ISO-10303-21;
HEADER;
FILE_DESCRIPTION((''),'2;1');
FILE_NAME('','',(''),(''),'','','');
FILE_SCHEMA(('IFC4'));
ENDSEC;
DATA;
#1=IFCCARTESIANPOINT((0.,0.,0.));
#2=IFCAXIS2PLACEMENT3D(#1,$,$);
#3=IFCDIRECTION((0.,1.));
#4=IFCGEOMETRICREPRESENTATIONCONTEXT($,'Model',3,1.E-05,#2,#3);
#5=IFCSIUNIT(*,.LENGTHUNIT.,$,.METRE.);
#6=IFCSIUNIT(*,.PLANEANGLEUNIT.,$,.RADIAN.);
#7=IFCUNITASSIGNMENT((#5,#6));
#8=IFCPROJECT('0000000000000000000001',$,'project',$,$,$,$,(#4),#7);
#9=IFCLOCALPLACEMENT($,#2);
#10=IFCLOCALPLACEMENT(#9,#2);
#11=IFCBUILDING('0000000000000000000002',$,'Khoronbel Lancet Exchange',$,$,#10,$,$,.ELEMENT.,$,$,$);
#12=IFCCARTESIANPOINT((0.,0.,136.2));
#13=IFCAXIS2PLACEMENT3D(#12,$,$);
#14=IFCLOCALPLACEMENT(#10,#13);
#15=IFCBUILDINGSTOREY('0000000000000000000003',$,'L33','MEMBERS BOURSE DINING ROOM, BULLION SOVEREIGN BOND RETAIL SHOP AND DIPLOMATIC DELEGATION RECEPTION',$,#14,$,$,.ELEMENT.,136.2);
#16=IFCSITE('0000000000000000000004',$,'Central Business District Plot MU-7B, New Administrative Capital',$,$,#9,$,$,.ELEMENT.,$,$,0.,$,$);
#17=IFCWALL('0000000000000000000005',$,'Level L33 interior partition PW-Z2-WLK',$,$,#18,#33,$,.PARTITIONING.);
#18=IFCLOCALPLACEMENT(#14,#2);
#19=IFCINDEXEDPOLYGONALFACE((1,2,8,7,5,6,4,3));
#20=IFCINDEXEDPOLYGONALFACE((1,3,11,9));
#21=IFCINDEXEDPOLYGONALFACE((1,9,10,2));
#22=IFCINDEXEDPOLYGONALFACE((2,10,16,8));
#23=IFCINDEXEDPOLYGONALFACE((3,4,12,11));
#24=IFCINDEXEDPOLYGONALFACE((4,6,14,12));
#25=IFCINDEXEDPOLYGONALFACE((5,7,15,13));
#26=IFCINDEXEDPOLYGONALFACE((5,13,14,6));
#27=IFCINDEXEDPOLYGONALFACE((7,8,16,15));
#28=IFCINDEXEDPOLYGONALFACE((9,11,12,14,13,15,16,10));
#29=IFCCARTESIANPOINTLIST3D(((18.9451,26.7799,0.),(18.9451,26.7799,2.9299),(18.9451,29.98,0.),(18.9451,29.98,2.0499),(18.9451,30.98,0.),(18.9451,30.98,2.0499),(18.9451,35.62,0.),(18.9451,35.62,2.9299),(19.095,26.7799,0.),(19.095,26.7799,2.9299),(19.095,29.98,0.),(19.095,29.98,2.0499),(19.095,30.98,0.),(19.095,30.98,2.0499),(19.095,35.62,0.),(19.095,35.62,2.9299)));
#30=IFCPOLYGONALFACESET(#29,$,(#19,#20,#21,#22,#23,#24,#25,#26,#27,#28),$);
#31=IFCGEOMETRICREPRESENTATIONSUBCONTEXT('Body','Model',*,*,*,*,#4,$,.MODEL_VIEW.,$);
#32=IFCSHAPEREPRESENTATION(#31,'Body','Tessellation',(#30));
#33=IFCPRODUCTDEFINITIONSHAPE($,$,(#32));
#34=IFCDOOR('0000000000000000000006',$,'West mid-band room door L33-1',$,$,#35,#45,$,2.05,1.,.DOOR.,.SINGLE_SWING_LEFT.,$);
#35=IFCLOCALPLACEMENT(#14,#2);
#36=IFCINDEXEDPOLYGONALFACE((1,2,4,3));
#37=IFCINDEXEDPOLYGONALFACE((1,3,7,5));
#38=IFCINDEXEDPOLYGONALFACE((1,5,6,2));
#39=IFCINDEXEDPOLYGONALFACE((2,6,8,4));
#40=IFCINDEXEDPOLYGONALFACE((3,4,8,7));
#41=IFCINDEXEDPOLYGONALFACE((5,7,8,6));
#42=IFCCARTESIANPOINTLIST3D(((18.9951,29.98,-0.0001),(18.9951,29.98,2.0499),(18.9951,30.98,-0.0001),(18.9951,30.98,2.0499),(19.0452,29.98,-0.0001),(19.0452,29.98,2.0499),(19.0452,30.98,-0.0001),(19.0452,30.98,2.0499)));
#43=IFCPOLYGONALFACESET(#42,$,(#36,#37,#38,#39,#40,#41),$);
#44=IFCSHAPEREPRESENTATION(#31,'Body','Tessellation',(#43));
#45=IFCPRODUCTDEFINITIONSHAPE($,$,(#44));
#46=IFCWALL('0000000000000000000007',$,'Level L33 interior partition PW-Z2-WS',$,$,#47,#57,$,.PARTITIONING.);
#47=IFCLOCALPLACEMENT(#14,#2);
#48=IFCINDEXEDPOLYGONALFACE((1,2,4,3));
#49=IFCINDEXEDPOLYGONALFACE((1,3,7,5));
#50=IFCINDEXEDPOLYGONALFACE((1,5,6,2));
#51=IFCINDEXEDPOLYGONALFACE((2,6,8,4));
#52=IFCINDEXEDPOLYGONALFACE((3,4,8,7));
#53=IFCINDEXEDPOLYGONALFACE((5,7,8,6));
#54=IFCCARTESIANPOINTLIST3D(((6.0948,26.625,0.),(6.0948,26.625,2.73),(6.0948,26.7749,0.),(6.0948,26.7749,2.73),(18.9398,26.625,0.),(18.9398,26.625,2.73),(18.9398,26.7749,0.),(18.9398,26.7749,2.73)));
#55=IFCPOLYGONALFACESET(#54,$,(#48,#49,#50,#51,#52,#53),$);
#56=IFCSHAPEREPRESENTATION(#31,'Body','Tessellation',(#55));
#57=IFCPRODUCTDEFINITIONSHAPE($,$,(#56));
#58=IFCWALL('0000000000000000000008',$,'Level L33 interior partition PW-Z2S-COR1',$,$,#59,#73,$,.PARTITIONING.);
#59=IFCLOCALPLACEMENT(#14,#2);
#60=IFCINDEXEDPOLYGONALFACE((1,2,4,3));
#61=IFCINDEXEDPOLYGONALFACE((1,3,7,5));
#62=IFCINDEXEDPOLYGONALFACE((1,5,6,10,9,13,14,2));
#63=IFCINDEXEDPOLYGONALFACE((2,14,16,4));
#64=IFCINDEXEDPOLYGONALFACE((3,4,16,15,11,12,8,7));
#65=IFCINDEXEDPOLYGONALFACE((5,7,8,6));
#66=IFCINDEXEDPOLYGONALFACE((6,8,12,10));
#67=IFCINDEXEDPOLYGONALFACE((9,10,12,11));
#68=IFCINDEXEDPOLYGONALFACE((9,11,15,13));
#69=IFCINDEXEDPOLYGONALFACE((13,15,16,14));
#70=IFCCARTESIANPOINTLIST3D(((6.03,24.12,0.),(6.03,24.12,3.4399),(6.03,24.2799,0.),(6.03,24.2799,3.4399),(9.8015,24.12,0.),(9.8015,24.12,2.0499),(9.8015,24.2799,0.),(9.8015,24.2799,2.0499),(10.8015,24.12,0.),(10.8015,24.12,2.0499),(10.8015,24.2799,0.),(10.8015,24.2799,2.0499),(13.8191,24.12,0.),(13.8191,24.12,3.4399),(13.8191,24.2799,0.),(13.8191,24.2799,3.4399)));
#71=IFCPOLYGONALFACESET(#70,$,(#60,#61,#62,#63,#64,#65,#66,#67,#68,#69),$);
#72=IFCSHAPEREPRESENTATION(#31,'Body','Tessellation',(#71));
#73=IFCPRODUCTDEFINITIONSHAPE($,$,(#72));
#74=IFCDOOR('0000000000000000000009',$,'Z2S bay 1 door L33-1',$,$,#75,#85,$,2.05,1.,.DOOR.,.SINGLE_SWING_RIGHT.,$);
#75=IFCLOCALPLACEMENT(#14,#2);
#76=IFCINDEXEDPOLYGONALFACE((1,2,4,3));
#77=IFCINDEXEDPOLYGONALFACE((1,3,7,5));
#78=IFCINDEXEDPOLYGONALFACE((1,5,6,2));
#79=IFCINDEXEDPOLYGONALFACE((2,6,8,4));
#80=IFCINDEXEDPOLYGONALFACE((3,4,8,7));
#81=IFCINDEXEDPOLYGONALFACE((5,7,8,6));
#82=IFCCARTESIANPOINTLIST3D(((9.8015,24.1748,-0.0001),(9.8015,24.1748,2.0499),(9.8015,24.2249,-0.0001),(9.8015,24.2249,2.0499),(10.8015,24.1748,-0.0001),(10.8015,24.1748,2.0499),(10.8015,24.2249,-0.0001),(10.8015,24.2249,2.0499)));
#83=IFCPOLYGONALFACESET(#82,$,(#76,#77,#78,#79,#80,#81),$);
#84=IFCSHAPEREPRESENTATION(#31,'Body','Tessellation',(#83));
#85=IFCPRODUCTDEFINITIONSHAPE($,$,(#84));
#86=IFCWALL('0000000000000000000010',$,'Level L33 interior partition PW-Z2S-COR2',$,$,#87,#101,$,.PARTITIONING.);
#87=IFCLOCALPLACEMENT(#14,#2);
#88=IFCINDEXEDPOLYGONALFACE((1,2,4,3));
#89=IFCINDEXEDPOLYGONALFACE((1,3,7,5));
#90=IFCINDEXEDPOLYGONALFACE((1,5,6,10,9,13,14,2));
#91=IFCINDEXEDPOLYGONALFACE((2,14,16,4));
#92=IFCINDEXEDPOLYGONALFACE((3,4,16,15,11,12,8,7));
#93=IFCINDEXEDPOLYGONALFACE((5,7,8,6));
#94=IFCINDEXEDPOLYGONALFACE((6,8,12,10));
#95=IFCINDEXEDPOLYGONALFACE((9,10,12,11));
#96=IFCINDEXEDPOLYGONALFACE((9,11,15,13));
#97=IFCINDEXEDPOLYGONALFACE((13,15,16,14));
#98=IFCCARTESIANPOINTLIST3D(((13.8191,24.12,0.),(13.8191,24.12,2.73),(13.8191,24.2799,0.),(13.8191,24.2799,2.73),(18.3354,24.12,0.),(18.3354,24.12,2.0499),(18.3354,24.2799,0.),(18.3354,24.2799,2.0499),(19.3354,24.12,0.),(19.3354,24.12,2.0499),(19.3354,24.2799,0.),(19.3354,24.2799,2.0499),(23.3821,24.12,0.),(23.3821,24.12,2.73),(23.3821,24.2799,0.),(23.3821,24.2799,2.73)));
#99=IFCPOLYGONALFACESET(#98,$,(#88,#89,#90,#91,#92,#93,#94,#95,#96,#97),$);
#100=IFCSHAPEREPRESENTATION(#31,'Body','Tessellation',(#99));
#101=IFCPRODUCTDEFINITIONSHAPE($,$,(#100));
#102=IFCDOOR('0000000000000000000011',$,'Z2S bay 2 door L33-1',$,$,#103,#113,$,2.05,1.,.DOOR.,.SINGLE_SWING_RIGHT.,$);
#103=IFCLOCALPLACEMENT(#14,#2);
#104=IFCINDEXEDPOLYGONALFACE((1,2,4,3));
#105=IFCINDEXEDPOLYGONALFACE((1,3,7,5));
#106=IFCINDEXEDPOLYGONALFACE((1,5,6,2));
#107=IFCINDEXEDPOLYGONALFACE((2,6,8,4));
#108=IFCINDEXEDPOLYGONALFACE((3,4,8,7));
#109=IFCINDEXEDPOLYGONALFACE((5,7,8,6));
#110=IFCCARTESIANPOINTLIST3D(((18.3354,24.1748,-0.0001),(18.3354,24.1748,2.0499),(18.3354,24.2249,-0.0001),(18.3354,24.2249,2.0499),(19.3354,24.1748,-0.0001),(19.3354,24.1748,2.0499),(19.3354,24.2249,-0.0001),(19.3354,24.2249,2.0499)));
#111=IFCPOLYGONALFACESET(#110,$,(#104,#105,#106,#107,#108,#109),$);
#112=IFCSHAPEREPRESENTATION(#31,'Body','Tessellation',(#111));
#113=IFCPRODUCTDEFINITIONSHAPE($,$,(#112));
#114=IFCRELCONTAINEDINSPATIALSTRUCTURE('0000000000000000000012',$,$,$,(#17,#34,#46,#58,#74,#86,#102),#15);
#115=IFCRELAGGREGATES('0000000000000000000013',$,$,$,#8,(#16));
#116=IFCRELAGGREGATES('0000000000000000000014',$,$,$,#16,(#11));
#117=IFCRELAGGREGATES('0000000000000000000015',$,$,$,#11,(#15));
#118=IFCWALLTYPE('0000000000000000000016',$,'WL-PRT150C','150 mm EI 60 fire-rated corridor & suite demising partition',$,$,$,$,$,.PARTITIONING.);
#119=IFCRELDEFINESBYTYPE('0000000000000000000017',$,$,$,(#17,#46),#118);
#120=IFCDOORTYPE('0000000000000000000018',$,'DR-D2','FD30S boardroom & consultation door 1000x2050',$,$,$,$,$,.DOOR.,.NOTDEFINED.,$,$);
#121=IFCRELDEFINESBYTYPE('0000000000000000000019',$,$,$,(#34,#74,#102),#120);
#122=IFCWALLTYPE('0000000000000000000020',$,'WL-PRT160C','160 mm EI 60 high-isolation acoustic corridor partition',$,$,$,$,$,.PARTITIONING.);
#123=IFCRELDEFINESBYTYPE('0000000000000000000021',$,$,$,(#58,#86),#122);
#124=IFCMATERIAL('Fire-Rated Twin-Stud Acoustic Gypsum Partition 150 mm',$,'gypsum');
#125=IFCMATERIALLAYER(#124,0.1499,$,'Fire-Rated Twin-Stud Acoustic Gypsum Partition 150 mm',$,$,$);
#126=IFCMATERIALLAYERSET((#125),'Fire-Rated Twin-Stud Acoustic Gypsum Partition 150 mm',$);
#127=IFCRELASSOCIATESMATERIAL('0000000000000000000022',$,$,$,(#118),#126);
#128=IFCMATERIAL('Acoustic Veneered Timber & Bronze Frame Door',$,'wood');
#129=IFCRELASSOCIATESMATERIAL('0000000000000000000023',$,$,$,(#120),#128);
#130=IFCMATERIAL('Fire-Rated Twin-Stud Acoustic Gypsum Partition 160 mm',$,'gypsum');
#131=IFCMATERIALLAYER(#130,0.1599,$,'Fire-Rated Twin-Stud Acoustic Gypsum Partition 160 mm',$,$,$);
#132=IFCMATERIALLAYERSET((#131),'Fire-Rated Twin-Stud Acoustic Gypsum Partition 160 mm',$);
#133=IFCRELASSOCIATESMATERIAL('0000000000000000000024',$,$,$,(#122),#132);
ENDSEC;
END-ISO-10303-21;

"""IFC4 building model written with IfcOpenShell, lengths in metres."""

from ifc_helpers import new_model, si_unit, direction, frame, frame_2d, origin, place, context, subcontext, project, spatial, rectangle, extrude, material, layer, layer_set, type_object, element, fill, save


model = new_model("IFC4")

# Units and contexts
model_context = context("Model", 3, precision=1e-05, world=origin(), true_north=direction((0.0, 1.0)))
body_context = subcontext(model_context, "Body", "Model", "MODEL_VIEW")
ifc_project = project(units=[si_unit("LENGTHUNIT", "METRE"), si_unit("PLANEANGLEUNIT", "RADIAN")], contexts=[model_context])

# Site, building, storey
site_placement = place(None, origin())
site = spatial("IfcSite", under=ifc_project, at=site_placement, Name="Central Business District Plot MU-7B, New Administrative Capital", CompositionType="ELEMENT", RefElevation=0.0)
building_placement = place(site_placement, origin())
building = spatial("IfcBuilding", under=site, at=building_placement, Name="Khoronbel Lancet Exchange", CompositionType="ELEMENT")
storey_placement = place(building_placement, frame((0.0, 0.0, 136.2)))
storey = spatial("IfcBuildingStorey", under=building, at=storey_placement, Name="L33", Description="MEMBERS BOURSE DINING ROOM, BULLION SOVEREIGN BOND RETAIL SHOP AND DIPLOMATIC DELEGATION RECEPTION", CompositionType="ELEMENT", Elevation=136.2)

# Shared definitions
ifc_material_1 = material(Name="Fire-Rated Twin-Stud Acoustic Gypsum Partition 150 mm", Category="gypsum")
ifc_layer_1 = layer(ifc_material_1, 0.1499, Name="Fire-Rated Twin-Stud Acoustic Gypsum Partition 150 mm")
ifc_layer_set_1 = layer_set([ifc_layer_1], Name="Fire-Rated Twin-Stud Acoustic Gypsum Partition 150 mm")
wall_type_1 = type_object("IfcWallType", Name="WL-PRT150C", Description="150 mm EI 60 fire-rated corridor & suite demising partition", PredefinedType="PARTITIONING", material=ifc_layer_set_1)

# Wall, opening, door
wall_1_placement = place(storey_placement, frame((19.02, 26.78, 0.0), z_axis=(0.0, 0.0, 1.0), x_axis=(0.0, 1.0, 0.0)))
wall_1 = element("IfcWall", 1, at=wall_1_placement, inside=storey, type_object=wall_type_1, Name="Level L33 interior partition PW-Z2-WLK", PredefinedType="PARTITIONING", context=body_context, shape_type="SweptSolid", body=[
    extrude(rectangle(XDim=8.8401, YDim=0.1499, at=frame_2d((4.4199, 0.0))), origin(), (0.0, 0.0, 1.0), 2.9299),
])
opening_1_placement = place(wall_1_placement, frame((3.2, 0.0, 0.0)))
opening_1 = element("IfcOpeningElement", 2, at=opening_1_placement, cuts=wall_1, PredefinedType="OPENING", context=body_context, shape_type="SweptSolid", body=[
    extrude(rectangle(XDim=1.0, YDim=2.05, at=frame_2d((0.5, 1.0249))), frame((0.0, 0.085, 0.0), z_axis=(0.0, -1.0, 0.0), x_axis=(1.0, 0.0, 0.0)), (0.0, 0.0, 1.0), 0.1699),
])
ifc_material_2 = material(Name="Acoustic Veneered Timber & Bronze Frame Door", Category="wood")
door_type_1 = type_object("IfcDoorType", Name="DR-D2", Description="FD30S boardroom & consultation door 1000x2050", OperationType="NOTDEFINED", PredefinedType="DOOR", material=ifc_material_2)
door_1_placement = place(opening_1_placement, origin())
door_1 = element("IfcDoor", 3, at=door_1_placement, inside=storey, type_object=door_type_1, Name="West mid-band room door L33-1", OperationType="SINGLE_SWING_LEFT", OverallHeight=2.05, OverallWidth=1.0, PredefinedType="DOOR", context=body_context, shape_type="SweptSolid", body=[
    extrude(rectangle(XDim=1.0, YDim=2.05, at=frame_2d((0.5, 1.0249))), frame((0.0, 0.0249, 0.0), z_axis=(0.0, -1.0, 0.0), x_axis=(1.0, 0.0, 0.0)), (0.0, 0.0, 1.0), 0.05),
])
fill(opening_1, door_1)

# Wall
wall_2_placement = place(storey_placement, frame((6.095, 26.7, 0.0), z_axis=(0.0, 0.0, 1.0), x_axis=(1.0, 0.0, 0.0)))
element("IfcWall", 4, at=wall_2_placement, inside=storey, type_object=wall_type_1, Name="Level L33 interior partition PW-Z2-WS", PredefinedType="PARTITIONING", context=body_context, shape_type="SweptSolid", body=[
    extrude(rectangle(XDim=12.845, YDim=0.1499, at=frame_2d((6.4224, 0.0))), origin(), (0.0, 0.0, 1.0), 2.73),
])

# Walls, openings, doors
ifc_material_3 = material(Name="Fire-Rated Twin-Stud Acoustic Gypsum Partition 160 mm", Category="gypsum")
ifc_layer_2 = layer(ifc_material_3, 0.1599, Name="Fire-Rated Twin-Stud Acoustic Gypsum Partition 160 mm")
ifc_layer_set_2 = layer_set([ifc_layer_2], Name="Fire-Rated Twin-Stud Acoustic Gypsum Partition 160 mm")
wall_type_2 = type_object("IfcWallType", Name="WL-PRT160C", Description="160 mm EI 60 high-isolation acoustic corridor partition", PredefinedType="PARTITIONING", material=ifc_layer_set_2)
wall_3_placement = place(storey_placement, frame((6.03, 24.2, 0.0), z_axis=(0.0, 0.0, 1.0), x_axis=(1.0, 0.0, 0.0)))
wall_3 = element("IfcWall", 5, at=wall_3_placement, inside=storey, type_object=wall_type_2, Name="Level L33 interior partition PW-Z2S-COR1", PredefinedType="PARTITIONING", context=body_context, shape_type="SweptSolid", body=[
    extrude(rectangle(XDim=7.7891, YDim=0.1599, at=frame_2d((3.8945, 0.0))), origin(), (0.0, 0.0, 1.0), 3.4399),
])
opening_2_placement = place(wall_3_placement, frame((3.7715, 0.0, 0.0)))
opening_2 = element("IfcOpeningElement", 6, at=opening_2_placement, cuts=wall_3, PredefinedType="OPENING", context=body_context, shape_type="SweptSolid", body=[
    extrude(rectangle(XDim=1.0, YDim=2.05, at=frame_2d((0.5, 1.0249))), frame((0.0, 0.0898, 0.0), z_axis=(0.0, -1.0, 0.0), x_axis=(1.0, 0.0, 0.0)), (0.0, 0.0, 1.0), 0.1799),
])
door_2_placement = place(opening_2_placement, origin())
door_2 = element("IfcDoor", 7, at=door_2_placement, inside=storey, type_object=door_type_1, Name="Z2S bay 1 door L33-1", OperationType="SINGLE_SWING_RIGHT", OverallHeight=2.05, OverallWidth=1.0, PredefinedType="DOOR", context=body_context, shape_type="SweptSolid", body=[
    extrude(rectangle(XDim=1.0, YDim=2.05, at=frame_2d((0.5, 1.0249))), frame((0.0, 0.0249, 0.0), z_axis=(0.0, -1.0, 0.0), x_axis=(1.0, 0.0, 0.0)), (0.0, 0.0, 1.0), 0.05),
])
fill(opening_2, door_2)
wall_4_placement = place(storey_placement, frame((13.8191, 24.2, 0.0), z_axis=(0.0, 0.0, 1.0), x_axis=(1.0, 0.0, 0.0)))
wall_4 = element("IfcWall", 8, at=wall_4_placement, inside=storey, type_object=wall_type_2, Name="Level L33 interior partition PW-Z2S-COR2", PredefinedType="PARTITIONING", context=body_context, shape_type="SweptSolid", body=[
    extrude(rectangle(XDim=9.563, YDim=0.1599, at=frame_2d((4.7815, 0.0))), origin(), (0.0, 0.0, 1.0), 2.73),
])
opening_3_placement = place(wall_4_placement, frame((4.5164, 0.0, 0.0)))
opening_3 = element("IfcOpeningElement", 9, at=opening_3_placement, cuts=wall_4, PredefinedType="OPENING", context=body_context, shape_type="SweptSolid", body=[
    extrude(rectangle(XDim=1.0, YDim=2.05, at=frame_2d((0.5, 1.0249))), frame((0.0, 0.0898, 0.0), z_axis=(0.0, -1.0, 0.0), x_axis=(1.0, 0.0, 0.0)), (0.0, 0.0, 1.0), 0.1799),
])
door_3_placement = place(opening_3_placement, origin())
door_3 = element("IfcDoor", 10, at=door_3_placement, inside=storey, type_object=door_type_1, Name="Z2S bay 2 door L33-1", OperationType="SINGLE_SWING_RIGHT", OverallHeight=2.05, OverallWidth=1.0, PredefinedType="DOOR", context=body_context, shape_type="SweptSolid", body=[
    extrude(rectangle(XDim=1.0, YDim=2.05, at=frame_2d((0.5, 1.0249))), frame((0.0, 0.0249, 0.0), z_axis=(0.0, -1.0, 0.0), x_axis=(1.0, 0.0, 0.0)), (0.0, 0.0, 1.0), 0.05),
])
fill(opening_3, door_3)

save(model, "model.ifc")
